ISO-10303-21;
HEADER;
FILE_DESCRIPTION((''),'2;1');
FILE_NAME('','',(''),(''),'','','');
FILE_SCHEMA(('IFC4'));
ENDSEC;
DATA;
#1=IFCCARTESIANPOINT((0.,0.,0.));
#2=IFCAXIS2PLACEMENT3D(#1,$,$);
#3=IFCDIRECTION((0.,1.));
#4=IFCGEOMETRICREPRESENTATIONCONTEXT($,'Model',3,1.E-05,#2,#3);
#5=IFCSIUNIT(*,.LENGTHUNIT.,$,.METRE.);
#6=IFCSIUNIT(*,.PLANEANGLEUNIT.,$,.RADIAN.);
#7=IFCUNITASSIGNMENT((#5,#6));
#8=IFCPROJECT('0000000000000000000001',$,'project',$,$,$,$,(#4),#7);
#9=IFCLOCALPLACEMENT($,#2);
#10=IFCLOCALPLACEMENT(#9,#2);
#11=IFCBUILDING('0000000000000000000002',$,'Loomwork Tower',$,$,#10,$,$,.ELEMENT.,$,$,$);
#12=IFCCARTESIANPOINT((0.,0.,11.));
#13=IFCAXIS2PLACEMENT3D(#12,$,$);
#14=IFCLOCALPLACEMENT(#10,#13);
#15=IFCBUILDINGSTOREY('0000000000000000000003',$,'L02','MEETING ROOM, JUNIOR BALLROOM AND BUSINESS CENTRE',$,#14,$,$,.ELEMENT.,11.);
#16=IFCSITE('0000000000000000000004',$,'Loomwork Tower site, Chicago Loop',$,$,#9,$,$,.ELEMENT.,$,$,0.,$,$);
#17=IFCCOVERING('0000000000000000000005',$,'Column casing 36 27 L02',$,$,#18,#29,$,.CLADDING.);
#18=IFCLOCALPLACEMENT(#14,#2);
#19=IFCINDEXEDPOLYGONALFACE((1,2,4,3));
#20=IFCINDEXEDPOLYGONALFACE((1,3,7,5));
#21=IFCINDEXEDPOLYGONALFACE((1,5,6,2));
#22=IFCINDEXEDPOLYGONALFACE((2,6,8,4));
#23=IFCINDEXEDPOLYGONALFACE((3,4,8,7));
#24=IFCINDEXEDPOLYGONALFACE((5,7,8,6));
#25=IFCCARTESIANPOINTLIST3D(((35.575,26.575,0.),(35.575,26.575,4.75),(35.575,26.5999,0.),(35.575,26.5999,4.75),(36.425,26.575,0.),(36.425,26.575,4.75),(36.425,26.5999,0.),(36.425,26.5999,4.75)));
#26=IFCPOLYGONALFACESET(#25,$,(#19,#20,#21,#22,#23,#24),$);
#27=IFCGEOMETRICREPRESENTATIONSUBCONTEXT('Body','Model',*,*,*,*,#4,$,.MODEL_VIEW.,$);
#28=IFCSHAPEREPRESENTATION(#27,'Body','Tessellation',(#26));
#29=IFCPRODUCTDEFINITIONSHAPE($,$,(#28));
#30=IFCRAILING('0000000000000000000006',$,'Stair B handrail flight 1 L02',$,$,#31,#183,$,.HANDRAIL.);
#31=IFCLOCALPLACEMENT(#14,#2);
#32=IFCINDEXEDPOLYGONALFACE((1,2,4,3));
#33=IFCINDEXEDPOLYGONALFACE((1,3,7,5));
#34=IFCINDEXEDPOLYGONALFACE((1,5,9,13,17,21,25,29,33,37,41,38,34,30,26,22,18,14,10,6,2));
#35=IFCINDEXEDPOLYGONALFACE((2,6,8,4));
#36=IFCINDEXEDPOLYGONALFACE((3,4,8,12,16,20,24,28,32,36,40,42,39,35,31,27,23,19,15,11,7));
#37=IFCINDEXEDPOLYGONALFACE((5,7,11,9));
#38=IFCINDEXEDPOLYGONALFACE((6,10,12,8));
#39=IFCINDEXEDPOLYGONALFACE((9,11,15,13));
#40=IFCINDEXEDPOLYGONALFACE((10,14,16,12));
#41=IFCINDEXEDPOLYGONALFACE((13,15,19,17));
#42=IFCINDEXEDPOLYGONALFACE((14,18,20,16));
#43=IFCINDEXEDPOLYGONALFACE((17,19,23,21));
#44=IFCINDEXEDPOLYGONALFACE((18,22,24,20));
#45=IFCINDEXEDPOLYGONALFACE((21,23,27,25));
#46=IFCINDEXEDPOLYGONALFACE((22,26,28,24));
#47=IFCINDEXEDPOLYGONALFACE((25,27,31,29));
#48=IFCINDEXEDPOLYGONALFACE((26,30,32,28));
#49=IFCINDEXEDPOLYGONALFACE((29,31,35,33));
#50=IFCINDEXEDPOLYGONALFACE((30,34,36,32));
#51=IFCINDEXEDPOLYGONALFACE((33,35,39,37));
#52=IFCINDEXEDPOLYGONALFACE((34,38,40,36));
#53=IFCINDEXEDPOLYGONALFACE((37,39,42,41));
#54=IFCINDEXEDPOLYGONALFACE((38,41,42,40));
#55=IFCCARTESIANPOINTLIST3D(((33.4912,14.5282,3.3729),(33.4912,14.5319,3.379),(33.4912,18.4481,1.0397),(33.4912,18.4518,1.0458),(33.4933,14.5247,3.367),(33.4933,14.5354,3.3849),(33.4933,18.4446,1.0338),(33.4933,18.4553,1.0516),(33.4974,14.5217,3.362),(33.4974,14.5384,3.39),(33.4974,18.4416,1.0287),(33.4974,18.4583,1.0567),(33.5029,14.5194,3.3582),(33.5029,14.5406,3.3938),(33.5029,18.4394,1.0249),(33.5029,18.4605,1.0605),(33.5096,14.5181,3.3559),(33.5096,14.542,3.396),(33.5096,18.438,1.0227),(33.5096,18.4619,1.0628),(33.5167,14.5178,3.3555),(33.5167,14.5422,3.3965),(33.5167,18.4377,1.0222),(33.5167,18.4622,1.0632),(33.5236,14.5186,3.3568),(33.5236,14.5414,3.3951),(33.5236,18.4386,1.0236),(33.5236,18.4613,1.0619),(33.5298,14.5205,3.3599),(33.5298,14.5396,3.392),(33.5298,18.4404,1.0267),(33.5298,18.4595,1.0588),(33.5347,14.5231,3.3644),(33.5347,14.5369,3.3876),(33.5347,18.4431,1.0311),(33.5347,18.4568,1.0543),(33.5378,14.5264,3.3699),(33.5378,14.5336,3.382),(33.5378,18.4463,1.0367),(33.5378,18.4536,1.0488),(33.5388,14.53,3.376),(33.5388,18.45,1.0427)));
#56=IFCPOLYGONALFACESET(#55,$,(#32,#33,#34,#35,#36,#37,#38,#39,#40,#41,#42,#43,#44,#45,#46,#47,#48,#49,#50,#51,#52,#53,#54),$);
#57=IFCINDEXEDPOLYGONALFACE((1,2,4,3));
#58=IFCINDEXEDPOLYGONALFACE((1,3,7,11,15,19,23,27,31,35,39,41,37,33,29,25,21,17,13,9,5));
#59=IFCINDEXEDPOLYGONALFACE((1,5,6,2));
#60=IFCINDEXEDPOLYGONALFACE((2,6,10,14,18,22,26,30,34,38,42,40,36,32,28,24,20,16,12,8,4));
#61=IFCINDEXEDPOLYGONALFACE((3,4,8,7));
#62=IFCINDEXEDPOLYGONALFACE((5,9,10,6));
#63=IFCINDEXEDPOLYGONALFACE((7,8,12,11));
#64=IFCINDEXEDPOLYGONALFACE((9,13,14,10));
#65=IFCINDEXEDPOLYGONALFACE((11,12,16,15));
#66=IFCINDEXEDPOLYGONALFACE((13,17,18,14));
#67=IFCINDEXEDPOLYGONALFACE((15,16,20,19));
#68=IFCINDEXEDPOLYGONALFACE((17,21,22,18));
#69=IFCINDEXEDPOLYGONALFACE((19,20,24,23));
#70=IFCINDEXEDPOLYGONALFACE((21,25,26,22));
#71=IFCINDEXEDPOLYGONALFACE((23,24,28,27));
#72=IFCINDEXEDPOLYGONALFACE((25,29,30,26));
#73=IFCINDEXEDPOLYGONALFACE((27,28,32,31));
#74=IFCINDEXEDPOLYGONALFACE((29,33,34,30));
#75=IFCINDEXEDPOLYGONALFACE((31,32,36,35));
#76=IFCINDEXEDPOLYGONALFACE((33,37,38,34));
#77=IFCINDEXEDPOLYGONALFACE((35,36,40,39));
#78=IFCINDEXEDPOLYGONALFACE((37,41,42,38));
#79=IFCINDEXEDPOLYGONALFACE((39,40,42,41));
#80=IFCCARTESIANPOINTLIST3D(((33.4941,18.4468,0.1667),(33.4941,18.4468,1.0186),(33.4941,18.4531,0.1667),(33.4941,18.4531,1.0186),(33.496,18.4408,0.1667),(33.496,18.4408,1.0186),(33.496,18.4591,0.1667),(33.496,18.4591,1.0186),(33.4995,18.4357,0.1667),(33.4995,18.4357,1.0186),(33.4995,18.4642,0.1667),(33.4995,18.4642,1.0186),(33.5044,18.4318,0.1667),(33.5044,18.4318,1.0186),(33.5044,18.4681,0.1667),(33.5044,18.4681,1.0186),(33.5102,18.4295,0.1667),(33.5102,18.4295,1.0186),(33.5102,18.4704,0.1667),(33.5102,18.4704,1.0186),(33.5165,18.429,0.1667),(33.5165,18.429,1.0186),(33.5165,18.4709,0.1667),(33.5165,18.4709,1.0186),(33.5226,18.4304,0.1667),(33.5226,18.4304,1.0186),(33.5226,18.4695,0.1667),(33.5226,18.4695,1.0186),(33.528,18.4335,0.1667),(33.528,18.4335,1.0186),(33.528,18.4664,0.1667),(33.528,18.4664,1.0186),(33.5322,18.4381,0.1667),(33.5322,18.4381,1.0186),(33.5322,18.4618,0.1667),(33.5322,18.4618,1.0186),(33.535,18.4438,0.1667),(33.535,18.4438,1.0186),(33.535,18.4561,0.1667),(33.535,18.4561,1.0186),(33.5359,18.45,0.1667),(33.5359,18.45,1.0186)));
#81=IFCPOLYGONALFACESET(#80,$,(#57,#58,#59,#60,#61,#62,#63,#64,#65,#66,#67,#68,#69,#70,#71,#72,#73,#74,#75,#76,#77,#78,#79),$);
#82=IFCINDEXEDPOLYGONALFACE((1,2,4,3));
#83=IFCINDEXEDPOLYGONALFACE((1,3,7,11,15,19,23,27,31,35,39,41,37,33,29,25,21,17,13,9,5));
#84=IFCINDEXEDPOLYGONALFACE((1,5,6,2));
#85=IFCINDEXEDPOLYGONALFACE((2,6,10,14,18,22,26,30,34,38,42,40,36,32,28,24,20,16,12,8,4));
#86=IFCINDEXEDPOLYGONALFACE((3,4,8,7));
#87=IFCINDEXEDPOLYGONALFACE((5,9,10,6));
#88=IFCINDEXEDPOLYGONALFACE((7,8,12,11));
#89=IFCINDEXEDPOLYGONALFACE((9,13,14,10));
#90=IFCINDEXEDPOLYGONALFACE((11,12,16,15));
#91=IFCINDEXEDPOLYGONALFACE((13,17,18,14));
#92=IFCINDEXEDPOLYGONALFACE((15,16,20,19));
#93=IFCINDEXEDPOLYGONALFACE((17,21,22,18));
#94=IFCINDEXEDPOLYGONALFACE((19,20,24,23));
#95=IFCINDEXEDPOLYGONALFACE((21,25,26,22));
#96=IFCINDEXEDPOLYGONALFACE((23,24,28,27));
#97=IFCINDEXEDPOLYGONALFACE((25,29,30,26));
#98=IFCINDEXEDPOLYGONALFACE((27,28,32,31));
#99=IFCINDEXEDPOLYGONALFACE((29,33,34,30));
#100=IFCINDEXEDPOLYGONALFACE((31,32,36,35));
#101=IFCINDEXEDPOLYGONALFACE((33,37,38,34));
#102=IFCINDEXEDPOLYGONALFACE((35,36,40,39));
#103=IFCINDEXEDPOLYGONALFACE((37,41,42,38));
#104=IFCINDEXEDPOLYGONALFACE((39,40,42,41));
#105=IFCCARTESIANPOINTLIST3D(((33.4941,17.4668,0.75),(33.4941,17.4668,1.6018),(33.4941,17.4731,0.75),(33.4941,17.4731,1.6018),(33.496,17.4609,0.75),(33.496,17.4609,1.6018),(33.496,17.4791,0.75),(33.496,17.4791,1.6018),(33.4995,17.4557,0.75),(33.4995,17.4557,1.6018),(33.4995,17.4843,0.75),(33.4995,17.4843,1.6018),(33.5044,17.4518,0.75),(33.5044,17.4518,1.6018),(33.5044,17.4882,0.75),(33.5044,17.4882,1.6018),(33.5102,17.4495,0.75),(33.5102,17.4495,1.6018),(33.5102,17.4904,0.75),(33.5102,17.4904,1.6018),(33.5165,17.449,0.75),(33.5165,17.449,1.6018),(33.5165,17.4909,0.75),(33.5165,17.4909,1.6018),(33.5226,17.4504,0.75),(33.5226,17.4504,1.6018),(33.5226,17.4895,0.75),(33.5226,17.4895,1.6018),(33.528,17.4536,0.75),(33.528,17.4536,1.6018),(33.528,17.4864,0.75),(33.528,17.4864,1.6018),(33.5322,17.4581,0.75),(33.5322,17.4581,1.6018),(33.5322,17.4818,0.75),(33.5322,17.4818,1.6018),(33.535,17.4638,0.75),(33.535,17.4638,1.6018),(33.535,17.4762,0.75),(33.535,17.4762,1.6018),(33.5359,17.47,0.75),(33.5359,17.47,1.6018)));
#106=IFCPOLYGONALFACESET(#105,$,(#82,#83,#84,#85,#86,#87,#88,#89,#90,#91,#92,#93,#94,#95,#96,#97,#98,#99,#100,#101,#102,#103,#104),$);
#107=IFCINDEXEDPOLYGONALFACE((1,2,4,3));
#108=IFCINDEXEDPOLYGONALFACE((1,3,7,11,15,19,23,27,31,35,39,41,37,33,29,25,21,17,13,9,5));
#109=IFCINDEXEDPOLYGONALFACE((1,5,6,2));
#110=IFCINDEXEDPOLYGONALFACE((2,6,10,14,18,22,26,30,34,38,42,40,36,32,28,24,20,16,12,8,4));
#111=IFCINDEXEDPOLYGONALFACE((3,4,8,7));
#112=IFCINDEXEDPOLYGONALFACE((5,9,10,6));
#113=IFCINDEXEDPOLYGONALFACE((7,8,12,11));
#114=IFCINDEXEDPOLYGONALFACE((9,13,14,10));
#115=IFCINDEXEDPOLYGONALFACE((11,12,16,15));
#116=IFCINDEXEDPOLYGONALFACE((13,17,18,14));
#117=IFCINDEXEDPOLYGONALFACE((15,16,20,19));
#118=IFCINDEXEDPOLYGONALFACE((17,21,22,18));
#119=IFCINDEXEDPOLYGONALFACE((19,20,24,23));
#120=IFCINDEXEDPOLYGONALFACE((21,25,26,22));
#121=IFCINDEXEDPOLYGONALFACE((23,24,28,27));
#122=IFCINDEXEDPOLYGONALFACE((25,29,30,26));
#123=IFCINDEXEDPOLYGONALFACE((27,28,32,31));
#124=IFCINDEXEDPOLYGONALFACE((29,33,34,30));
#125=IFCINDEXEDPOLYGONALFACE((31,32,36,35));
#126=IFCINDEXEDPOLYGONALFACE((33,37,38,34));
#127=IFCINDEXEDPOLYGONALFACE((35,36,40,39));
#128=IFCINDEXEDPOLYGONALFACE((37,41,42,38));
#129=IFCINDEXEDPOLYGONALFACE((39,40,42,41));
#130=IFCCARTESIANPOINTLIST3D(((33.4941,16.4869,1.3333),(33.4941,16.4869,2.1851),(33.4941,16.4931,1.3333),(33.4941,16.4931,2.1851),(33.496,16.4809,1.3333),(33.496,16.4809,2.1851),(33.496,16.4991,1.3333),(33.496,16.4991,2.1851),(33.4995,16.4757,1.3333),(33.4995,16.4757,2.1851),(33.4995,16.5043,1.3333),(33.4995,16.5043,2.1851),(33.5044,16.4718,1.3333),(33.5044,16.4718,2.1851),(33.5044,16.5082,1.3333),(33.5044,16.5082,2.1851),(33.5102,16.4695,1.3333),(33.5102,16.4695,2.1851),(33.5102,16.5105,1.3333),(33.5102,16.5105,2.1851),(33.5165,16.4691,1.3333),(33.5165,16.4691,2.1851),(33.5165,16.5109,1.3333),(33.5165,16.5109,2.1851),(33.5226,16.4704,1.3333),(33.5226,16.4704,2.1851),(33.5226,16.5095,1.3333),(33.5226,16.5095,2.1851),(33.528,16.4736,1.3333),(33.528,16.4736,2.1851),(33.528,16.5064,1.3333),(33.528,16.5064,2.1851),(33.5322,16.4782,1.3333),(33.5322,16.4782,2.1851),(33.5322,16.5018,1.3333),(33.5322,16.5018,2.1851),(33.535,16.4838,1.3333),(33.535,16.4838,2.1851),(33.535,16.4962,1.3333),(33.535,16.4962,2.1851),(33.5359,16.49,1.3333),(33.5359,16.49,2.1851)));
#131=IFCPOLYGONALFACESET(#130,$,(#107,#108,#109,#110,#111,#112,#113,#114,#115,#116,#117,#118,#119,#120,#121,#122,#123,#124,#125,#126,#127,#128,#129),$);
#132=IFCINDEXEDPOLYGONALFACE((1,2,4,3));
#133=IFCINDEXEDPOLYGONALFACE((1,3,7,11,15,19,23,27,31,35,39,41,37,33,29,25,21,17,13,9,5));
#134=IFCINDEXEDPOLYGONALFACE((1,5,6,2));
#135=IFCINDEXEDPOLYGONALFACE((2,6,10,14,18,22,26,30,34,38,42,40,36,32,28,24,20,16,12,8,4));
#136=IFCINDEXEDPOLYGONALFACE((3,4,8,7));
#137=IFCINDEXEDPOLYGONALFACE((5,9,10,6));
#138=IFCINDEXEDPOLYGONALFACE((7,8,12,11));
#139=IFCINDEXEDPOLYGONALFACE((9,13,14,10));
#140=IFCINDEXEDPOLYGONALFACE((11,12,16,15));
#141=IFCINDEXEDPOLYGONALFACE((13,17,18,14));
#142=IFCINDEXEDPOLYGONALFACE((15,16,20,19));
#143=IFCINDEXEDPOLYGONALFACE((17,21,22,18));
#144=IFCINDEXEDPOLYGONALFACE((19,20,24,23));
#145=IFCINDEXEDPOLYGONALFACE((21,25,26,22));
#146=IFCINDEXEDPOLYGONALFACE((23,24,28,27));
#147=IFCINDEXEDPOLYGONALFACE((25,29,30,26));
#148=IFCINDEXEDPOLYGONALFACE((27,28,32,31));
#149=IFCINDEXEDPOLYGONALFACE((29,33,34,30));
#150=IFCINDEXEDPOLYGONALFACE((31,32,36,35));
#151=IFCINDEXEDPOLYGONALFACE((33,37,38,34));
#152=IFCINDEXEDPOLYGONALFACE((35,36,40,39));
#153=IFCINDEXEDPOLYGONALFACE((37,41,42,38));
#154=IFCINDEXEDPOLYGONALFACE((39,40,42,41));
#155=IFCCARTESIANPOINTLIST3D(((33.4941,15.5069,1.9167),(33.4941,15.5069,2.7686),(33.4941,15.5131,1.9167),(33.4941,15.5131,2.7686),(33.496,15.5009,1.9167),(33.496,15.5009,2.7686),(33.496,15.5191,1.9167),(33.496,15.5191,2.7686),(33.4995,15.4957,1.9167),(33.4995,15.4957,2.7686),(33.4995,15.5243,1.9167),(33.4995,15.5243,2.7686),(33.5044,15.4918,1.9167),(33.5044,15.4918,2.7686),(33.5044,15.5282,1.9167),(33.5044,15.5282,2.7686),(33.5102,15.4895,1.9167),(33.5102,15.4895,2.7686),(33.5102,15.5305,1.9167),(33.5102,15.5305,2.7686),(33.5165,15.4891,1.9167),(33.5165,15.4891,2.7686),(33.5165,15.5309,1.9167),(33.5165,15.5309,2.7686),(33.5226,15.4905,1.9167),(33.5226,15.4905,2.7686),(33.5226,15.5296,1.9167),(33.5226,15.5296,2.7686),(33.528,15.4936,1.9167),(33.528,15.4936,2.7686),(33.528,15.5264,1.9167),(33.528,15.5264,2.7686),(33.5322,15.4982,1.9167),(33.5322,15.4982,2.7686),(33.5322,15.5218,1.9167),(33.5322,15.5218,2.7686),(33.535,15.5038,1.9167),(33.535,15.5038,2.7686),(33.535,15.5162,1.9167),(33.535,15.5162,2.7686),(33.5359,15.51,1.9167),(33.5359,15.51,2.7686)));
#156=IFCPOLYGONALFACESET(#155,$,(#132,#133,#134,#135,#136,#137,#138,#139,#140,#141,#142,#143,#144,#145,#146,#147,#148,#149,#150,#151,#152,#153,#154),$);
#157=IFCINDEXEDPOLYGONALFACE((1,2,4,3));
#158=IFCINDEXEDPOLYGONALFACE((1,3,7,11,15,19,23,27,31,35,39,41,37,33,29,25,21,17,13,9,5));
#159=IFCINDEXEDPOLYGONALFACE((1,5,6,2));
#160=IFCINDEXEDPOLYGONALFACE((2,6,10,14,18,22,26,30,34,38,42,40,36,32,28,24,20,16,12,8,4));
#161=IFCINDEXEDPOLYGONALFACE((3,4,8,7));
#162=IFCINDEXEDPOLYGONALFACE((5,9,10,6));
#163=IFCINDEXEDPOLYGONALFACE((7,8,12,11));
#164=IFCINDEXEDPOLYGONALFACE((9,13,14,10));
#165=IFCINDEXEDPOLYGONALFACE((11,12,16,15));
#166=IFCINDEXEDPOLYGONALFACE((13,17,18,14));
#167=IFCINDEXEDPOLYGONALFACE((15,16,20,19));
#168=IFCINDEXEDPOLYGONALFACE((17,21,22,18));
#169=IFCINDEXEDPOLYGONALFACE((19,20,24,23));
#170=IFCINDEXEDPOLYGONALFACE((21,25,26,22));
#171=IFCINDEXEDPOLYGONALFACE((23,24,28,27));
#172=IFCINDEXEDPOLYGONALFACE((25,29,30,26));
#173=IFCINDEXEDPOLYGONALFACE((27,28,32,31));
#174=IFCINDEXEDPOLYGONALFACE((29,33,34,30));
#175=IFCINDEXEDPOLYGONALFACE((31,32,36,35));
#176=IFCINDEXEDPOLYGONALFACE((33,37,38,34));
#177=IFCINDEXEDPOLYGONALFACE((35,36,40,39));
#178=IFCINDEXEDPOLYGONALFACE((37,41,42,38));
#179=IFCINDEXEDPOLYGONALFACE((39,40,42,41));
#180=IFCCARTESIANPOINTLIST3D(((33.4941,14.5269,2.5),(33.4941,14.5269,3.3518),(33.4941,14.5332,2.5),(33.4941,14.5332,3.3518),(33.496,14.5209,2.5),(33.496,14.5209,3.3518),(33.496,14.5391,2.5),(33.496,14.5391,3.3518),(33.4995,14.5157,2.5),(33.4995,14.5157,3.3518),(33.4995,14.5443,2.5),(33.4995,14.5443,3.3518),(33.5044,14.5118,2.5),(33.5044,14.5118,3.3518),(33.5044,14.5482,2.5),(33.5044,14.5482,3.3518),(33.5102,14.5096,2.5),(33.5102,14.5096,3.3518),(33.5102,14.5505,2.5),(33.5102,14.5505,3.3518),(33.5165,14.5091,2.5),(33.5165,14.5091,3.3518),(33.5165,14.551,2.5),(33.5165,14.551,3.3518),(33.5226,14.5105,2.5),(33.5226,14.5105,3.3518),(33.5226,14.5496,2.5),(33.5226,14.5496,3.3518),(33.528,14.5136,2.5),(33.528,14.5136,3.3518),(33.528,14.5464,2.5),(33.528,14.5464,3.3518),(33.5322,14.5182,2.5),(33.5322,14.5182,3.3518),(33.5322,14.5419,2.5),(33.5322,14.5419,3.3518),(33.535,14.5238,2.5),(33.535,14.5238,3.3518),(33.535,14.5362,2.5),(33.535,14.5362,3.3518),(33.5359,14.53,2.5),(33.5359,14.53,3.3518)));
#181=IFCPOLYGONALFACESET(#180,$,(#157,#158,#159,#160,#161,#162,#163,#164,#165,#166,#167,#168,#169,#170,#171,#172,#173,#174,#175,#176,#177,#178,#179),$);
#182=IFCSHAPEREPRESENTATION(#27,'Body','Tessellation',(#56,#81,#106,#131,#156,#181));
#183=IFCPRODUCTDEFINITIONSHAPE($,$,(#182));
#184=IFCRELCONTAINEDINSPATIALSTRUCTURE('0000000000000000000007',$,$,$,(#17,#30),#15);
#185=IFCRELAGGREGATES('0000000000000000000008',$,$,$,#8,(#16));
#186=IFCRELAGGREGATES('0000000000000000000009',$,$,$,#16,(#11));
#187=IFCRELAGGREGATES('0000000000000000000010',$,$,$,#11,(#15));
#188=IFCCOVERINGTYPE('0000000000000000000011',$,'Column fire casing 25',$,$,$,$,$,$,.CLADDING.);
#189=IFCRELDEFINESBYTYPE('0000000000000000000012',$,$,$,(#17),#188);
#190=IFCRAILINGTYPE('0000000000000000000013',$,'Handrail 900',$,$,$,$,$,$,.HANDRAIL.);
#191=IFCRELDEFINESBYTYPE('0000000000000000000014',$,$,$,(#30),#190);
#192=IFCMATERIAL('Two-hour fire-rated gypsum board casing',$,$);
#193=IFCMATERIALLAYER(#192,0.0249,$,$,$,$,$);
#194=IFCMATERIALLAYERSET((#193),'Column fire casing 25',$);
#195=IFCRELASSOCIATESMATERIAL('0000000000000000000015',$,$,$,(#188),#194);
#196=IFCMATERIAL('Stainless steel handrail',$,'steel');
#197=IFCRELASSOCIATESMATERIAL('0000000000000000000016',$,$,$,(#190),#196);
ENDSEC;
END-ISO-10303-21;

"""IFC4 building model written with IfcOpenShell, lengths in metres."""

from ifc_helpers import new_model, si_unit, direction, frame, origin, origin_2d, place, context, subcontext, project, spatial, rectangle, circle, extrude, material, layer, layer_set, type_object, element, save


model = new_model("IFC4")

# Units and contexts
model_context = context("Model", 3, precision=1e-05, world=origin(), true_north=direction((0.0, 1.0)))
body_context = subcontext(model_context, "Body", "Model", "MODEL_VIEW")
ifc_project = project(units=[si_unit("LENGTHUNIT", "METRE"), si_unit("PLANEANGLEUNIT", "RADIAN")], contexts=[model_context])

# Site, building, storey
site_placement = place(None, origin())
site = spatial("IfcSite", under=ifc_project, at=site_placement, Name="Loomwork Tower site, Chicago Loop", CompositionType="ELEMENT", RefElevation=0.0)
building_placement = place(site_placement, origin())
building = spatial("IfcBuilding", under=site, at=building_placement, Name="Loomwork Tower", CompositionType="ELEMENT")
storey_placement = place(building_placement, frame((0.0, 0.0, 11.0)))
storey = spatial("IfcBuildingStorey", under=building, at=storey_placement, Name="L02", Description="MEETING ROOM, JUNIOR BALLROOM AND BUSINESS CENTRE", CompositionType="ELEMENT", Elevation=11.0)

# Covering
ifc_material_1 = material(Name="Two-hour fire-rated gypsum board casing")
ifc_layer_1 = layer(ifc_material_1, 0.0249)
ifc_layer_set_1 = layer_set([ifc_layer_1], Name="Column fire casing 25")
covering_type = type_object("IfcCoveringType", Name="Column fire casing 25", PredefinedType="CLADDING", material=ifc_layer_set_1)
covering_placement = place(storey_placement, frame((36.0, 26.5874, 0.0), z_axis=(0.0, 0.0, 1.0), x_axis=(1.0, 0.0, 0.0)))
element("IfcCovering", 1, at=covering_placement, inside=storey, type_object=covering_type, Name="Column casing 36 27 L02", PredefinedType="CLADDING", context=body_context, shape_type="SweptSolid", body=[
    extrude(rectangle(XDim=0.8501, YDim=0.0249, at=origin_2d()), origin(), (0.0, 0.0, 1.0), 4.75),
])

# Railing
ifc_material_2 = material(Name="Stainless steel handrail", Category="steel")
railing_type = type_object("IfcRailingType", Name="Handrail 900", PredefinedType="HANDRAIL", material=ifc_material_2)
railing_1_placement = place(storey_placement, frame((33.5149, 18.45, 0.1667)))
element("IfcRailing", 2, at=railing_1_placement, inside=storey, type_object=railing_type, Name="Stair B handrail flight 1 L02", PredefinedType="HANDRAIL", context=body_context, shape_type="SweptSolid", body=[
    extrude(circle(Radius=0.0239, at=origin_2d()), frame((0.0, 0.0, 0.876), z_axis=(0.0, -0.859296, 0.511478), x_axis=(1.0, 0.0, 0.0)), (0.0, 0.0, 1.0), 4.5618),
    extrude(circle(Radius=0.021, at=origin_2d()), origin(), (0.0, 0.0, 1.0), 0.8518),
    extrude(circle(Radius=0.021, at=origin_2d()), frame((0.0, -0.98, 0.5833)), (0.0, 0.0, 1.0), 0.8518),
    extrude(circle(Radius=0.021, at=origin_2d()), frame((0.0, -1.96, 1.1665)), (0.0, 0.0, 1.0), 0.8518),
    extrude(circle(Radius=0.021, at=origin_2d()), frame((0.0, -2.9399, 1.75)), (0.0, 0.0, 1.0), 0.8518),
    extrude(circle(Radius=0.021, at=origin_2d()), frame((0.0, -3.9199, 2.3333)), (0.0, 0.0, 1.0), 0.8518),
])

save(model, "model.ifc")
